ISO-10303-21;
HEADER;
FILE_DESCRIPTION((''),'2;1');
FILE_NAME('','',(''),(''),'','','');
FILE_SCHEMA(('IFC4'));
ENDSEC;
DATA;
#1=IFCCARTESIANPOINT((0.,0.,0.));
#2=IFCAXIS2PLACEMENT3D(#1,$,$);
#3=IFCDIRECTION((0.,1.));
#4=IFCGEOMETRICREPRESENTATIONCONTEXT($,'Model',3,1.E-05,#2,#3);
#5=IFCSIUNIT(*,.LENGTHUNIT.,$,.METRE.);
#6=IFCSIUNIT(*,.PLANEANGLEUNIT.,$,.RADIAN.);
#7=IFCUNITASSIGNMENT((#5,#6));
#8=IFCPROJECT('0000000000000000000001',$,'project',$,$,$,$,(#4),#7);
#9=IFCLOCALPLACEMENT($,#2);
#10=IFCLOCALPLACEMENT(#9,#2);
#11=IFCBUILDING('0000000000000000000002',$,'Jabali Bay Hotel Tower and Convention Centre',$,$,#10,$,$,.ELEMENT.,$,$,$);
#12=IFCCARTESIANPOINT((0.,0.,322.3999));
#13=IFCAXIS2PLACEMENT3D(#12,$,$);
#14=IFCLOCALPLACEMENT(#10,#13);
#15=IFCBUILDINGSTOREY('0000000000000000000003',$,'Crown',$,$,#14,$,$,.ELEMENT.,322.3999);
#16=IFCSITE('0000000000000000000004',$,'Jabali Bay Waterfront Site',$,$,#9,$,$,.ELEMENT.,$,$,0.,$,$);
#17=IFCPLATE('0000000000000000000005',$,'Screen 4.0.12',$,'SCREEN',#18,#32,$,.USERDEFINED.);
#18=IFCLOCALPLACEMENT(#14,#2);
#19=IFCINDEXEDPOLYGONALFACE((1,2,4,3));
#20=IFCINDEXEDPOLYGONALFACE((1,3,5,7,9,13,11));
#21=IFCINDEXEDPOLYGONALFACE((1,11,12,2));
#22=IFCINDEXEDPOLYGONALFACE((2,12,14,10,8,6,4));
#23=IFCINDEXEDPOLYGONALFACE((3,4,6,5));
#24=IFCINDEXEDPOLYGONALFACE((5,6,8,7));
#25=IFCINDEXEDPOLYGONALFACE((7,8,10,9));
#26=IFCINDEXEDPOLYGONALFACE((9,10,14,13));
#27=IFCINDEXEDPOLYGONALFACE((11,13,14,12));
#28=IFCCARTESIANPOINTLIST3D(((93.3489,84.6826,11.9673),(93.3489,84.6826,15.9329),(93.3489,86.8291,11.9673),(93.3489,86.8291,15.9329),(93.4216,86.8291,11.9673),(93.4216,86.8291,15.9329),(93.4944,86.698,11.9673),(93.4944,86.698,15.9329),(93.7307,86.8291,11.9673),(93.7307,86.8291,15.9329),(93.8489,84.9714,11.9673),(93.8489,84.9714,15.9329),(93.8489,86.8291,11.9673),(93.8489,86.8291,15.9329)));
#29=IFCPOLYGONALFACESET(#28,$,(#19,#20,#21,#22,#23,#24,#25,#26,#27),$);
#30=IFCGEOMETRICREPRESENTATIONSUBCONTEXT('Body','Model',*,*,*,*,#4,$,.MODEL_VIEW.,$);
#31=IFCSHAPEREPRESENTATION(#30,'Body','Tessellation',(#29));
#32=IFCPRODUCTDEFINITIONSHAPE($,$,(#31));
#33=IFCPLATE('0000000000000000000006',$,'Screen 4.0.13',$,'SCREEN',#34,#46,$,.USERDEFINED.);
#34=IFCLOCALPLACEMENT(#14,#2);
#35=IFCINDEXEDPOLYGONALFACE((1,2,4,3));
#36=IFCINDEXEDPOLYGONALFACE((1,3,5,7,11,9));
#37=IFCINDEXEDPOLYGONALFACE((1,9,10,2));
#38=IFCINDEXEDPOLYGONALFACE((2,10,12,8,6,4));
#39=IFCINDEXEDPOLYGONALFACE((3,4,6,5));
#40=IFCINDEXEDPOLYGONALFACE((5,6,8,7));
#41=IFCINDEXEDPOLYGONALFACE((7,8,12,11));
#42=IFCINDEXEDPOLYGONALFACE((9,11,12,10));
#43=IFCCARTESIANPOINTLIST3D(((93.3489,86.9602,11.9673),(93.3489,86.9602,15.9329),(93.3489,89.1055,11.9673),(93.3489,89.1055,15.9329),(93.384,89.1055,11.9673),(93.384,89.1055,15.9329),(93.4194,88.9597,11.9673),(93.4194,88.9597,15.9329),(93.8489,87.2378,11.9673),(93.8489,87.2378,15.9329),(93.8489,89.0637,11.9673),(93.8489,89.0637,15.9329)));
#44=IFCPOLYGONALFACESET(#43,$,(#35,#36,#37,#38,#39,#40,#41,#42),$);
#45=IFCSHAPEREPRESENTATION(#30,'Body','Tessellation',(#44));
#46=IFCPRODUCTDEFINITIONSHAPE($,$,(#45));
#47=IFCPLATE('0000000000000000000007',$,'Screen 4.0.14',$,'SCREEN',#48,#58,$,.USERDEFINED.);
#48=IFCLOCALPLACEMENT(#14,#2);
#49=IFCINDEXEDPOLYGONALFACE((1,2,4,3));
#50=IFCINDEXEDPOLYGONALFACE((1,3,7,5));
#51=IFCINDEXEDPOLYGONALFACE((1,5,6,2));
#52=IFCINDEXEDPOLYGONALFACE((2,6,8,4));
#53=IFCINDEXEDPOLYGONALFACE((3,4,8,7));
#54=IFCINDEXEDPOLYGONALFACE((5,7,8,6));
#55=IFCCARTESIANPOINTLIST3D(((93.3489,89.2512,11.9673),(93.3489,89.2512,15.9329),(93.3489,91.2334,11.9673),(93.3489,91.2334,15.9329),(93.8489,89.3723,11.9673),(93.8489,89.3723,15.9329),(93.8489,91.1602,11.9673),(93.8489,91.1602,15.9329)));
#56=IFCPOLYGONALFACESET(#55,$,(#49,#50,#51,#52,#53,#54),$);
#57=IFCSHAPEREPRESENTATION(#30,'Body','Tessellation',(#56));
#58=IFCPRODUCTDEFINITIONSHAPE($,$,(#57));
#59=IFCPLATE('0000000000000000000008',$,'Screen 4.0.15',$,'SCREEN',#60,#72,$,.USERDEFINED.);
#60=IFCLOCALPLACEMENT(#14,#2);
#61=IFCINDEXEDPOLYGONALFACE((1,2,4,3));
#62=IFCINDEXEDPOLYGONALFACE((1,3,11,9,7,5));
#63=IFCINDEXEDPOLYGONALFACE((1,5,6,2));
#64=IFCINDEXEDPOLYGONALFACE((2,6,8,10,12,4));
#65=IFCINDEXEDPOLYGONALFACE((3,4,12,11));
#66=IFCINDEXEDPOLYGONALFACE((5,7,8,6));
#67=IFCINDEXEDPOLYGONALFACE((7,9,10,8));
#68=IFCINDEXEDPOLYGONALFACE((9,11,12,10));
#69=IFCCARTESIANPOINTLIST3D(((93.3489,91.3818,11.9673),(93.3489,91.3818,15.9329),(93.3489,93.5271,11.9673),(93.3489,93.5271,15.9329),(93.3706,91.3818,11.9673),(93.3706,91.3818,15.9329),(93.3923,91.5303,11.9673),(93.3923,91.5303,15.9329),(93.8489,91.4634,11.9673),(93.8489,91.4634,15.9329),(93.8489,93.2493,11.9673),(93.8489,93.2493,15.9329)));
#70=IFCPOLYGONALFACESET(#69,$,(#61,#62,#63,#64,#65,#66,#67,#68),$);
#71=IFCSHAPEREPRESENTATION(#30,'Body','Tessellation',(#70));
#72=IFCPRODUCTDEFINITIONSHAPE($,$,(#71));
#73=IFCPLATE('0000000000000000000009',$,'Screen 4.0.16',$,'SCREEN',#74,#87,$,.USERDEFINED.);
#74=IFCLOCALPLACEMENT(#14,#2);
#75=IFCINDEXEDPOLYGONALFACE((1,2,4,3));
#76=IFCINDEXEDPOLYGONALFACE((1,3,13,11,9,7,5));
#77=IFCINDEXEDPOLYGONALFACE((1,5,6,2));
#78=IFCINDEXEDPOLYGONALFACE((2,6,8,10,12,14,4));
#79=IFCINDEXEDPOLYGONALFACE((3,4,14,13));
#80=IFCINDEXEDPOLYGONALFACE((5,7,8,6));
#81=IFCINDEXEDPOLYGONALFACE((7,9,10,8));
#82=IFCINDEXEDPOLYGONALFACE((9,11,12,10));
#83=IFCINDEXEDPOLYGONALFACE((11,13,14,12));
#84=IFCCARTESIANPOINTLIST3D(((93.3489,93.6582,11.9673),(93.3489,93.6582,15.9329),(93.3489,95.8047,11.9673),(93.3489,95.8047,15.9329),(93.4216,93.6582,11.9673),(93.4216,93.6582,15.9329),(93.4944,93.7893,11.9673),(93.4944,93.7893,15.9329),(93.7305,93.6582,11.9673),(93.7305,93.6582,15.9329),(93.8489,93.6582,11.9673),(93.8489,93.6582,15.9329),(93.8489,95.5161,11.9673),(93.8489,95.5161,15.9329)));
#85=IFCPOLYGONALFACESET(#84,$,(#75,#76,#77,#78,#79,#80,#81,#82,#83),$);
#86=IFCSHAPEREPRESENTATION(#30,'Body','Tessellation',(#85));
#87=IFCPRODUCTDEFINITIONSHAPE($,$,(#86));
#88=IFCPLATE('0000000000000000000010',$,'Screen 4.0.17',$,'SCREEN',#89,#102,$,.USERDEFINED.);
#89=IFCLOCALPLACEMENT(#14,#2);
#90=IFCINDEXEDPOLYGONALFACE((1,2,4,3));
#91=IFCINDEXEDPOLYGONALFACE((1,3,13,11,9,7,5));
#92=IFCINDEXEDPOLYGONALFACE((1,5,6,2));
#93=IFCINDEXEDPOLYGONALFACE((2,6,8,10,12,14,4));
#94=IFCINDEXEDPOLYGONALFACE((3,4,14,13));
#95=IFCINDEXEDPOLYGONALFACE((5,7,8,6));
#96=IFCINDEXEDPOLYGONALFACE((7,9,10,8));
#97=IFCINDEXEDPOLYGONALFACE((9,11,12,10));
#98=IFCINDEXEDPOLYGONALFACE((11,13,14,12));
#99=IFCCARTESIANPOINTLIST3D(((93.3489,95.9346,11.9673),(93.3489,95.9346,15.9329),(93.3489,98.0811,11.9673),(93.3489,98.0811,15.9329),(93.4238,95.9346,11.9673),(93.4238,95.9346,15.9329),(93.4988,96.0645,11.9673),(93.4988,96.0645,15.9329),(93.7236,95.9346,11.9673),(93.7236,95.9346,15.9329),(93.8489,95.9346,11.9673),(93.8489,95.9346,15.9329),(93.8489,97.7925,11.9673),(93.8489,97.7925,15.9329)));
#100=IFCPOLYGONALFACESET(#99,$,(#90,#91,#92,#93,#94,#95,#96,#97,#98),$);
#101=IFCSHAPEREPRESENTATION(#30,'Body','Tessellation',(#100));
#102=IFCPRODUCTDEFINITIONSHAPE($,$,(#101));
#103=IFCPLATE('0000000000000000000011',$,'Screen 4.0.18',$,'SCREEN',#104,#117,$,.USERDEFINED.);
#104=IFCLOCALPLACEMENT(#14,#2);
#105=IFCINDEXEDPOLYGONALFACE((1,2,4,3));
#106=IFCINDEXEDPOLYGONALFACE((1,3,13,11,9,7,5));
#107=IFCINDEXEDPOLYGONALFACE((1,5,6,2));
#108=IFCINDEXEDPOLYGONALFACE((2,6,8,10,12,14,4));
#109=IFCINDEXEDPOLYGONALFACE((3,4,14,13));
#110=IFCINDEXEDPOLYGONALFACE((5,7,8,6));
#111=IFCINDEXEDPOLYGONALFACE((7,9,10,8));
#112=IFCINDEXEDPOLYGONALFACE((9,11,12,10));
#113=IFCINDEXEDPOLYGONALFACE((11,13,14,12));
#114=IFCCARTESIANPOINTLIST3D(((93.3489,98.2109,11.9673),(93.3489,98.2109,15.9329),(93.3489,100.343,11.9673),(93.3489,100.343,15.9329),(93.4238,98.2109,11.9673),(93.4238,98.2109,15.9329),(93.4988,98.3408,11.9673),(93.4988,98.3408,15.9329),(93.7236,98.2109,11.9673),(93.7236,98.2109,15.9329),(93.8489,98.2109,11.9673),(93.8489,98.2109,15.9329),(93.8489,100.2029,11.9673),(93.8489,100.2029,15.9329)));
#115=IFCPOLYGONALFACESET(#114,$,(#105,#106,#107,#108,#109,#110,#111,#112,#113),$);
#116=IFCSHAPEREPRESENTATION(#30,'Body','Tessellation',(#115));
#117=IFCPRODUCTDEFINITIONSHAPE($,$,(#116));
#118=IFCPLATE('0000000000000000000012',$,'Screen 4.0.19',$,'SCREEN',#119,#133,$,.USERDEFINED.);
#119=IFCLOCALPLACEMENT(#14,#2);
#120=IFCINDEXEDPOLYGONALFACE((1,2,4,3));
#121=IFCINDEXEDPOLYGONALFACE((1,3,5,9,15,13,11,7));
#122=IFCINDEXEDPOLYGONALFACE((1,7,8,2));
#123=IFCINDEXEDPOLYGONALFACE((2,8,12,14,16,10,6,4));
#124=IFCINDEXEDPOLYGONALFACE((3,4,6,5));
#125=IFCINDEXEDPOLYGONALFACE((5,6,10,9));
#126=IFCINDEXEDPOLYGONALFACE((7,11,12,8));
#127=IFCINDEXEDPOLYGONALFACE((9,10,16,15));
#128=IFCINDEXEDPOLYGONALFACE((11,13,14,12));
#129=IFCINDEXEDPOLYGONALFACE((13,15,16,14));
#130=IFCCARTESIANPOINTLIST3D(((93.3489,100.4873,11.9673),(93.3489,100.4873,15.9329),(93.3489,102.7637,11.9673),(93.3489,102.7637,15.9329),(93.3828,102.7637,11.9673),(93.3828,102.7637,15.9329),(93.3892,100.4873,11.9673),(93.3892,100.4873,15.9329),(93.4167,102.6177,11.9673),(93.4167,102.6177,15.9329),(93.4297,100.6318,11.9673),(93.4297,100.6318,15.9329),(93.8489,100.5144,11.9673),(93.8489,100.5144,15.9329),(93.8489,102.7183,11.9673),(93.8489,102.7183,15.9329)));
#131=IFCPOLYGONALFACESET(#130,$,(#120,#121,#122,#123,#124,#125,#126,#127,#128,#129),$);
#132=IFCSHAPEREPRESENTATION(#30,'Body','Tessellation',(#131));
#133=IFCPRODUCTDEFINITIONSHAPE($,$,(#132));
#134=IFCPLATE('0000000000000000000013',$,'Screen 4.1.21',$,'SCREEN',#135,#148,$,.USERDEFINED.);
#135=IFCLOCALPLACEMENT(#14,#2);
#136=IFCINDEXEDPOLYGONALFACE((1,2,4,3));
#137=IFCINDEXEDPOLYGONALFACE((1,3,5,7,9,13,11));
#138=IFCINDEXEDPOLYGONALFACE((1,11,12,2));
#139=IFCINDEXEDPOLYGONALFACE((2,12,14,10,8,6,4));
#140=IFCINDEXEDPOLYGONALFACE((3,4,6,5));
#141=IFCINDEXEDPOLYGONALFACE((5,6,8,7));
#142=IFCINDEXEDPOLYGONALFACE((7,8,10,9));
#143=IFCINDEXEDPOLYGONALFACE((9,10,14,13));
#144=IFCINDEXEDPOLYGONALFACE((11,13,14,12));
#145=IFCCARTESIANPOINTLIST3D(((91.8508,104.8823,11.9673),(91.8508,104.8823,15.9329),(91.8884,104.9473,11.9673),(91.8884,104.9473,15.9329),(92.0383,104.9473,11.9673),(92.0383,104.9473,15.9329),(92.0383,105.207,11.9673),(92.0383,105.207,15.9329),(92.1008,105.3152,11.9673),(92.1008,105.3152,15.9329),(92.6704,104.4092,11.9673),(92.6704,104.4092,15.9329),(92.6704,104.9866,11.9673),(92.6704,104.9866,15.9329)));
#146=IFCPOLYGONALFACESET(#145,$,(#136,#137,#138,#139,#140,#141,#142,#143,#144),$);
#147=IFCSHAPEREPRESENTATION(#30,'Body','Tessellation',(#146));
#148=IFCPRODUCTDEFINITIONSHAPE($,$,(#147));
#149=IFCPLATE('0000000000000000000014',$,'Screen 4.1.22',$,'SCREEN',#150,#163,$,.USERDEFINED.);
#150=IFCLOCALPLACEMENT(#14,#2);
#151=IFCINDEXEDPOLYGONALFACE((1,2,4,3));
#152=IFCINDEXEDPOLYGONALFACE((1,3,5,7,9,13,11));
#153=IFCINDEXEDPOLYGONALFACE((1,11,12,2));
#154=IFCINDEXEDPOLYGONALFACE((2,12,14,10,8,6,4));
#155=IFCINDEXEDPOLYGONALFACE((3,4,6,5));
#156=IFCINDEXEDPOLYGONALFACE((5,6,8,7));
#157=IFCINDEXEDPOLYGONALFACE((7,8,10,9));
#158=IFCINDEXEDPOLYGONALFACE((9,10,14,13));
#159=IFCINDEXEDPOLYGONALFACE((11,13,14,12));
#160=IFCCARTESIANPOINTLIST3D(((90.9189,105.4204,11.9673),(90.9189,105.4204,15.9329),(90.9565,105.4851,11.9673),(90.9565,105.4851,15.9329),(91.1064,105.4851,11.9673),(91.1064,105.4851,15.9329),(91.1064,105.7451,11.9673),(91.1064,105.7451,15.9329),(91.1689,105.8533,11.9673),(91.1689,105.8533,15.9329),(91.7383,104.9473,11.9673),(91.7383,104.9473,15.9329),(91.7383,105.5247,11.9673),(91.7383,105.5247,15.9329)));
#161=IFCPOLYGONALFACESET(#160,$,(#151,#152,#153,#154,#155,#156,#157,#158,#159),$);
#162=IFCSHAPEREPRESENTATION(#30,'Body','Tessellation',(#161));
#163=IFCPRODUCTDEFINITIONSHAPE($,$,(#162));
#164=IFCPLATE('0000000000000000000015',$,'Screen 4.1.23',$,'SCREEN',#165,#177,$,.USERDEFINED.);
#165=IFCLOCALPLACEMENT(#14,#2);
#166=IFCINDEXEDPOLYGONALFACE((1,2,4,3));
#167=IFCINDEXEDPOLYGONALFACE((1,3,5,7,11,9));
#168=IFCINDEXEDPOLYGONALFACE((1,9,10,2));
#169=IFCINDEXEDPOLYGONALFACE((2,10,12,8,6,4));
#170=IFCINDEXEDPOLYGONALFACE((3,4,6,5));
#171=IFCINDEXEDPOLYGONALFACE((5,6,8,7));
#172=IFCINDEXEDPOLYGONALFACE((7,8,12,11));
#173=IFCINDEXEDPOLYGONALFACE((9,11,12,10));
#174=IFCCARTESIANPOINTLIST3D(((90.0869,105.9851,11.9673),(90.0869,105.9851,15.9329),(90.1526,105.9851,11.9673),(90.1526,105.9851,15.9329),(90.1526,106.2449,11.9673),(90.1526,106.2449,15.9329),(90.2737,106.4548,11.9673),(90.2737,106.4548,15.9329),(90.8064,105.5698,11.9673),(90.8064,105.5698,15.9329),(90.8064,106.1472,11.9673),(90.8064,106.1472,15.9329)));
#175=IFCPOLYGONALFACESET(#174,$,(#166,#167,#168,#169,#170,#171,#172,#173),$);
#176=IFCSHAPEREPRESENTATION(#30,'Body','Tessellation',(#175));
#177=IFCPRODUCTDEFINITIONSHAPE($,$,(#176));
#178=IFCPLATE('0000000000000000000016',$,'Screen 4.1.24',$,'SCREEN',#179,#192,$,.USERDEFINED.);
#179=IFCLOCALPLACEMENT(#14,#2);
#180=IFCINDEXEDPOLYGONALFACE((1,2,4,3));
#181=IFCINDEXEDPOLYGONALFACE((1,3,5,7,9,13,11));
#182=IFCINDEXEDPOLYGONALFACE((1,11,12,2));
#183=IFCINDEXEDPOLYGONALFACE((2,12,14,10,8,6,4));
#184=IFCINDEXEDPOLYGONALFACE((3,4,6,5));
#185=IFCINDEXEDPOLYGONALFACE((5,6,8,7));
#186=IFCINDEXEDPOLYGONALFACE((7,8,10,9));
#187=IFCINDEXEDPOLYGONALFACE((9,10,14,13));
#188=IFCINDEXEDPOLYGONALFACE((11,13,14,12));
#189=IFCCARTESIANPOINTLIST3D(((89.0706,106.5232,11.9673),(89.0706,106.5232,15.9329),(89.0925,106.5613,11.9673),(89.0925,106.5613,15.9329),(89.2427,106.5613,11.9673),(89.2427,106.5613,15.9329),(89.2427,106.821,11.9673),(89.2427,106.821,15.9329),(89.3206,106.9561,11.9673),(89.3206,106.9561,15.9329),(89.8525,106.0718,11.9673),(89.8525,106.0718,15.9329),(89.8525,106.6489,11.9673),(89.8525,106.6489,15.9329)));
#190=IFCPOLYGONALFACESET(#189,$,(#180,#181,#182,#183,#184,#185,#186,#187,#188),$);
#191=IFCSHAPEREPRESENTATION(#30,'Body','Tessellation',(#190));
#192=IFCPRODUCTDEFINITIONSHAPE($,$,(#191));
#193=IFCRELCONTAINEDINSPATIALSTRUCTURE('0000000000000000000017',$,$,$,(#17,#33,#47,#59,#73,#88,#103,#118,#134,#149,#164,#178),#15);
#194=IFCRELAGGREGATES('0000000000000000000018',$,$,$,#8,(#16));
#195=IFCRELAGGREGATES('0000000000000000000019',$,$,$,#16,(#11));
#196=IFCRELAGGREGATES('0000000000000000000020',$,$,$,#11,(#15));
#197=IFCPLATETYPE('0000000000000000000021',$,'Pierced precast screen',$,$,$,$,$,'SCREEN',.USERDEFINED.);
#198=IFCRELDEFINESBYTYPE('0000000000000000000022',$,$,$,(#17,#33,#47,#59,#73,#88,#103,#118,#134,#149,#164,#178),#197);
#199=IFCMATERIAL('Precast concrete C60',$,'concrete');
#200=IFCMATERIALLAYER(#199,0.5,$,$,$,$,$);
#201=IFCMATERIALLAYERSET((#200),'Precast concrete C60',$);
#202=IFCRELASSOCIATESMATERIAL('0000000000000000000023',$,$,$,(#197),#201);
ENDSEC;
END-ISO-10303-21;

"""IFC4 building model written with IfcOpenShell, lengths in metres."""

from ifc_helpers import new_model, si_unit, direction, frame, origin, place, context, subcontext, project, spatial, polyline, outline, extrude, material, layer, layer_set, type_object, element, save


model = new_model("IFC4")

# Units and contexts
model_context = context("Model", 3, precision=1e-05, world=origin(), true_north=direction((0.0, 1.0)))
body_context = subcontext(model_context, "Body", "Model", "MODEL_VIEW")
ifc_project = project(units=[si_unit("LENGTHUNIT", "METRE"), si_unit("PLANEANGLEUNIT", "RADIAN")], contexts=[model_context])

# Site, building, storey
site_placement = place(None, origin())
site = spatial("IfcSite", under=ifc_project, at=site_placement, Name="Jabali Bay Waterfront Site", CompositionType="ELEMENT", RefElevation=0.0)
building_placement = place(site_placement, origin())
building = spatial("IfcBuilding", under=site, at=building_placement, Name="Jabali Bay Hotel Tower and Convention Centre", CompositionType="ELEMENT")
storey_placement = place(building_placement, frame((0.0, 0.0, 322.3999)))
storey = spatial("IfcBuildingStorey", under=building, at=storey_placement, Name="Crown", CompositionType="ELEMENT", Elevation=322.3999)

# Plates
ifc_material = material(Name="Precast concrete C60", Category="concrete")
ifc_layer = layer(ifc_material, 0.5)
ifc_layer_set = layer_set([ifc_layer], Name="Precast concrete C60")
plate_type = type_object("IfcPlateType", Name="Pierced precast screen", ElementType="SCREEN", PredefinedType="USERDEFINED", material=ifc_layer_set)
plate_1_placement = place(storey_placement, frame((0.0, 0.0, 11.9673)))
element("IfcPlate", 1, at=plate_1_placement, inside=storey, type_object=plate_type, Name="Screen 4.0.12", ObjectType="SCREEN", PredefinedType="USERDEFINED", context=body_context, shape_type="SweptSolid", body=[
    extrude(outline(polyline([(93.3489, 86.8291), (93.3489, 84.6826), (93.8489, 84.9714), (93.8489, 86.8291), (93.7307, 86.8291), (93.4944, 86.698), (93.4216, 86.8291), (93.3489, 86.8291)])), origin(), (0.0, 0.0, 1.0), 3.9656),
])
plate_2_placement = place(storey_placement, frame((0.0, 0.0, 11.9673)))
element("IfcPlate", 2, at=plate_2_placement, inside=storey, type_object=plate_type, Name="Screen 4.0.13", ObjectType="SCREEN", PredefinedType="USERDEFINED", context=body_context, shape_type="SweptSolid", body=[
    extrude(outline(polyline([(93.3489, 89.1055), (93.3489, 86.9602), (93.8489, 87.2378), (93.8489, 89.0637), (93.4194, 88.9597), (93.384, 89.1055), (93.3489, 89.1055)])), origin(), (0.0, 0.0, 1.0), 3.9656),
])
plate_3_placement = place(storey_placement, frame((0.0, 0.0, 11.9673)))
element("IfcPlate", 3, at=plate_3_placement, inside=storey, type_object=plate_type, Name="Screen 4.0.14", ObjectType="SCREEN", PredefinedType="USERDEFINED", context=body_context, shape_type="SweptSolid", body=[
    extrude(outline(polyline([(93.3489, 91.2334), (93.3489, 89.2512), (93.8489, 89.3723), (93.8489, 91.1602), (93.3489, 91.2334)])), origin(), (0.0, 0.0, 1.0), 3.9656),
])
plate_4_placement = place(storey_placement, frame((0.0, 0.0, 11.9673)))
element("IfcPlate", 4, at=plate_4_placement, inside=storey, type_object=plate_type, Name="Screen 4.0.15", ObjectType="SCREEN", PredefinedType="USERDEFINED", context=body_context, shape_type="SweptSolid", body=[
    extrude(outline(polyline([(93.3489, 93.5271), (93.3489, 91.3818), (93.3706, 91.3818), (93.3923, 91.5303), (93.8489, 91.4634), (93.8489, 93.2493), (93.3489, 93.5271)])), origin(), (0.0, 0.0, 1.0), 3.9656),
])
plate_5_placement = place(storey_placement, frame((0.0, 0.0, 11.9673)))
element("IfcPlate", 5, at=plate_5_placement, inside=storey, type_object=plate_type, Name="Screen 4.0.16", ObjectType="SCREEN", PredefinedType="USERDEFINED", context=body_context, shape_type="SweptSolid", body=[
    extrude(outline(polyline([(93.3489, 95.8047), (93.3489, 93.6582), (93.4216, 93.6582), (93.4944, 93.7893), (93.7305, 93.6582), (93.8489, 93.6582), (93.8489, 95.5161), (93.3489, 95.8047)])), origin(), (0.0, 0.0, 1.0), 3.9656),
])
plate_6_placement = place(storey_placement, frame((0.0, 0.0, 11.9673)))
element("IfcPlate", 6, at=plate_6_placement, inside=storey, type_object=plate_type, Name="Screen 4.0.17", ObjectType="SCREEN", PredefinedType="USERDEFINED", context=body_context, shape_type="SweptSolid", body=[
    extrude(outline(polyline([(93.3489, 98.0811), (93.3489, 95.9346), (93.4238, 95.9346), (93.4988, 96.0645), (93.7236, 95.9346), (93.8489, 95.9346), (93.8489, 97.7925), (93.3489, 98.0811)])), origin(), (0.0, 0.0, 1.0), 3.9656),
])
plate_7_placement = place(storey_placement, frame((0.0, 0.0, 11.9673)))
element("IfcPlate", 7, at=plate_7_placement, inside=storey, type_object=plate_type, Name="Screen 4.0.18", ObjectType="SCREEN", PredefinedType="USERDEFINED", context=body_context, shape_type="SweptSolid", body=[
    extrude(outline(polyline([(93.3489, 100.343), (93.3489, 98.2109), (93.4238, 98.2109), (93.4988, 98.3408), (93.7236, 98.2109), (93.8489, 98.2109), (93.8489, 100.2029), (93.3489, 100.343)])), origin(), (0.0, 0.0, 1.0), 3.9656),
])
plate_8_placement = place(storey_placement, frame((0.0, 0.0, 11.9673)))
element("IfcPlate", 8, at=plate_8_placement, inside=storey, type_object=plate_type, Name="Screen 4.0.19", ObjectType="SCREEN", PredefinedType="USERDEFINED", context=body_context, shape_type="SweptSolid", body=[
    extrude(outline(polyline([(93.3489, 102.7637), (93.3489, 100.4873), (93.3892, 100.4873), (93.4297, 100.6318), (93.8489, 100.5144), (93.8489, 102.7183), (93.4167, 102.6177), (93.3828, 102.7637), (93.3489, 102.7637)])), origin(), (0.0, 0.0, 1.0), 3.9656),
])
plate_9_placement = place(storey_placement, frame((0.0, 0.0, 11.9673)))
element("IfcPlate", 9, at=plate_9_placement, inside=storey, type_object=plate_type, Name="Screen 4.1.21", ObjectType="SCREEN", PredefinedType="USERDEFINED", context=body_context, shape_type="SweptSolid", body=[
    extrude(outline(polyline([(91.8508, 104.8823), (92.6704, 104.4092), (92.6704, 104.9866), (92.1008, 105.3152), (92.0383, 105.207), (92.0383, 104.9473), (91.8884, 104.9473), (91.8508, 104.8823)])), origin(), (0.0, 0.0, 1.0), 3.9656),
])
plate_10_placement = place(storey_placement, frame((0.0, 0.0, 11.9673)))
element("IfcPlate", 10, at=plate_10_placement, inside=storey, type_object=plate_type, Name="Screen 4.1.22", ObjectType="SCREEN", PredefinedType="USERDEFINED", context=body_context, shape_type="SweptSolid", body=[
    extrude(outline(polyline([(90.9189, 105.4204), (91.7383, 104.9473), (91.7383, 105.5247), (91.1689, 105.8533), (91.1064, 105.7451), (91.1064, 105.4851), (90.9565, 105.4851), (90.9189, 105.4204)])), origin(), (0.0, 0.0, 1.0), 3.9656),
])
plate_11_placement = place(storey_placement, frame((0.0, 0.0, 11.9673)))
element("IfcPlate", 11, at=plate_11_placement, inside=storey, type_object=plate_type, Name="Screen 4.1.23", ObjectType="SCREEN", PredefinedType="USERDEFINED", context=body_context, shape_type="SweptSolid", body=[
    extrude(outline(polyline([(90.0869, 105.9851), (90.8064, 105.5698), (90.8064, 106.1472), (90.2737, 106.4548), (90.1526, 106.2449), (90.1526, 105.9851), (90.0869, 105.9851)])), origin(), (0.0, 0.0, 1.0), 3.9656),
])
plate_12_placement = place(storey_placement, frame((0.0, 0.0, 11.9673)))
element("IfcPlate", 12, at=plate_12_placement, inside=storey, type_object=plate_type, Name="Screen 4.1.24", ObjectType="SCREEN", PredefinedType="USERDEFINED", context=body_context, shape_type="SweptSolid", body=[
    extrude(outline(polyline([(89.0706, 106.5232), (89.8525, 106.0718), (89.8525, 106.6489), (89.3206, 106.9561), (89.2427, 106.821), (89.2427, 106.5613), (89.0925, 106.5613), (89.0706, 106.5232)])), origin(), (0.0, 0.0, 1.0), 3.9656),
])

save(model, "model.ifc")
